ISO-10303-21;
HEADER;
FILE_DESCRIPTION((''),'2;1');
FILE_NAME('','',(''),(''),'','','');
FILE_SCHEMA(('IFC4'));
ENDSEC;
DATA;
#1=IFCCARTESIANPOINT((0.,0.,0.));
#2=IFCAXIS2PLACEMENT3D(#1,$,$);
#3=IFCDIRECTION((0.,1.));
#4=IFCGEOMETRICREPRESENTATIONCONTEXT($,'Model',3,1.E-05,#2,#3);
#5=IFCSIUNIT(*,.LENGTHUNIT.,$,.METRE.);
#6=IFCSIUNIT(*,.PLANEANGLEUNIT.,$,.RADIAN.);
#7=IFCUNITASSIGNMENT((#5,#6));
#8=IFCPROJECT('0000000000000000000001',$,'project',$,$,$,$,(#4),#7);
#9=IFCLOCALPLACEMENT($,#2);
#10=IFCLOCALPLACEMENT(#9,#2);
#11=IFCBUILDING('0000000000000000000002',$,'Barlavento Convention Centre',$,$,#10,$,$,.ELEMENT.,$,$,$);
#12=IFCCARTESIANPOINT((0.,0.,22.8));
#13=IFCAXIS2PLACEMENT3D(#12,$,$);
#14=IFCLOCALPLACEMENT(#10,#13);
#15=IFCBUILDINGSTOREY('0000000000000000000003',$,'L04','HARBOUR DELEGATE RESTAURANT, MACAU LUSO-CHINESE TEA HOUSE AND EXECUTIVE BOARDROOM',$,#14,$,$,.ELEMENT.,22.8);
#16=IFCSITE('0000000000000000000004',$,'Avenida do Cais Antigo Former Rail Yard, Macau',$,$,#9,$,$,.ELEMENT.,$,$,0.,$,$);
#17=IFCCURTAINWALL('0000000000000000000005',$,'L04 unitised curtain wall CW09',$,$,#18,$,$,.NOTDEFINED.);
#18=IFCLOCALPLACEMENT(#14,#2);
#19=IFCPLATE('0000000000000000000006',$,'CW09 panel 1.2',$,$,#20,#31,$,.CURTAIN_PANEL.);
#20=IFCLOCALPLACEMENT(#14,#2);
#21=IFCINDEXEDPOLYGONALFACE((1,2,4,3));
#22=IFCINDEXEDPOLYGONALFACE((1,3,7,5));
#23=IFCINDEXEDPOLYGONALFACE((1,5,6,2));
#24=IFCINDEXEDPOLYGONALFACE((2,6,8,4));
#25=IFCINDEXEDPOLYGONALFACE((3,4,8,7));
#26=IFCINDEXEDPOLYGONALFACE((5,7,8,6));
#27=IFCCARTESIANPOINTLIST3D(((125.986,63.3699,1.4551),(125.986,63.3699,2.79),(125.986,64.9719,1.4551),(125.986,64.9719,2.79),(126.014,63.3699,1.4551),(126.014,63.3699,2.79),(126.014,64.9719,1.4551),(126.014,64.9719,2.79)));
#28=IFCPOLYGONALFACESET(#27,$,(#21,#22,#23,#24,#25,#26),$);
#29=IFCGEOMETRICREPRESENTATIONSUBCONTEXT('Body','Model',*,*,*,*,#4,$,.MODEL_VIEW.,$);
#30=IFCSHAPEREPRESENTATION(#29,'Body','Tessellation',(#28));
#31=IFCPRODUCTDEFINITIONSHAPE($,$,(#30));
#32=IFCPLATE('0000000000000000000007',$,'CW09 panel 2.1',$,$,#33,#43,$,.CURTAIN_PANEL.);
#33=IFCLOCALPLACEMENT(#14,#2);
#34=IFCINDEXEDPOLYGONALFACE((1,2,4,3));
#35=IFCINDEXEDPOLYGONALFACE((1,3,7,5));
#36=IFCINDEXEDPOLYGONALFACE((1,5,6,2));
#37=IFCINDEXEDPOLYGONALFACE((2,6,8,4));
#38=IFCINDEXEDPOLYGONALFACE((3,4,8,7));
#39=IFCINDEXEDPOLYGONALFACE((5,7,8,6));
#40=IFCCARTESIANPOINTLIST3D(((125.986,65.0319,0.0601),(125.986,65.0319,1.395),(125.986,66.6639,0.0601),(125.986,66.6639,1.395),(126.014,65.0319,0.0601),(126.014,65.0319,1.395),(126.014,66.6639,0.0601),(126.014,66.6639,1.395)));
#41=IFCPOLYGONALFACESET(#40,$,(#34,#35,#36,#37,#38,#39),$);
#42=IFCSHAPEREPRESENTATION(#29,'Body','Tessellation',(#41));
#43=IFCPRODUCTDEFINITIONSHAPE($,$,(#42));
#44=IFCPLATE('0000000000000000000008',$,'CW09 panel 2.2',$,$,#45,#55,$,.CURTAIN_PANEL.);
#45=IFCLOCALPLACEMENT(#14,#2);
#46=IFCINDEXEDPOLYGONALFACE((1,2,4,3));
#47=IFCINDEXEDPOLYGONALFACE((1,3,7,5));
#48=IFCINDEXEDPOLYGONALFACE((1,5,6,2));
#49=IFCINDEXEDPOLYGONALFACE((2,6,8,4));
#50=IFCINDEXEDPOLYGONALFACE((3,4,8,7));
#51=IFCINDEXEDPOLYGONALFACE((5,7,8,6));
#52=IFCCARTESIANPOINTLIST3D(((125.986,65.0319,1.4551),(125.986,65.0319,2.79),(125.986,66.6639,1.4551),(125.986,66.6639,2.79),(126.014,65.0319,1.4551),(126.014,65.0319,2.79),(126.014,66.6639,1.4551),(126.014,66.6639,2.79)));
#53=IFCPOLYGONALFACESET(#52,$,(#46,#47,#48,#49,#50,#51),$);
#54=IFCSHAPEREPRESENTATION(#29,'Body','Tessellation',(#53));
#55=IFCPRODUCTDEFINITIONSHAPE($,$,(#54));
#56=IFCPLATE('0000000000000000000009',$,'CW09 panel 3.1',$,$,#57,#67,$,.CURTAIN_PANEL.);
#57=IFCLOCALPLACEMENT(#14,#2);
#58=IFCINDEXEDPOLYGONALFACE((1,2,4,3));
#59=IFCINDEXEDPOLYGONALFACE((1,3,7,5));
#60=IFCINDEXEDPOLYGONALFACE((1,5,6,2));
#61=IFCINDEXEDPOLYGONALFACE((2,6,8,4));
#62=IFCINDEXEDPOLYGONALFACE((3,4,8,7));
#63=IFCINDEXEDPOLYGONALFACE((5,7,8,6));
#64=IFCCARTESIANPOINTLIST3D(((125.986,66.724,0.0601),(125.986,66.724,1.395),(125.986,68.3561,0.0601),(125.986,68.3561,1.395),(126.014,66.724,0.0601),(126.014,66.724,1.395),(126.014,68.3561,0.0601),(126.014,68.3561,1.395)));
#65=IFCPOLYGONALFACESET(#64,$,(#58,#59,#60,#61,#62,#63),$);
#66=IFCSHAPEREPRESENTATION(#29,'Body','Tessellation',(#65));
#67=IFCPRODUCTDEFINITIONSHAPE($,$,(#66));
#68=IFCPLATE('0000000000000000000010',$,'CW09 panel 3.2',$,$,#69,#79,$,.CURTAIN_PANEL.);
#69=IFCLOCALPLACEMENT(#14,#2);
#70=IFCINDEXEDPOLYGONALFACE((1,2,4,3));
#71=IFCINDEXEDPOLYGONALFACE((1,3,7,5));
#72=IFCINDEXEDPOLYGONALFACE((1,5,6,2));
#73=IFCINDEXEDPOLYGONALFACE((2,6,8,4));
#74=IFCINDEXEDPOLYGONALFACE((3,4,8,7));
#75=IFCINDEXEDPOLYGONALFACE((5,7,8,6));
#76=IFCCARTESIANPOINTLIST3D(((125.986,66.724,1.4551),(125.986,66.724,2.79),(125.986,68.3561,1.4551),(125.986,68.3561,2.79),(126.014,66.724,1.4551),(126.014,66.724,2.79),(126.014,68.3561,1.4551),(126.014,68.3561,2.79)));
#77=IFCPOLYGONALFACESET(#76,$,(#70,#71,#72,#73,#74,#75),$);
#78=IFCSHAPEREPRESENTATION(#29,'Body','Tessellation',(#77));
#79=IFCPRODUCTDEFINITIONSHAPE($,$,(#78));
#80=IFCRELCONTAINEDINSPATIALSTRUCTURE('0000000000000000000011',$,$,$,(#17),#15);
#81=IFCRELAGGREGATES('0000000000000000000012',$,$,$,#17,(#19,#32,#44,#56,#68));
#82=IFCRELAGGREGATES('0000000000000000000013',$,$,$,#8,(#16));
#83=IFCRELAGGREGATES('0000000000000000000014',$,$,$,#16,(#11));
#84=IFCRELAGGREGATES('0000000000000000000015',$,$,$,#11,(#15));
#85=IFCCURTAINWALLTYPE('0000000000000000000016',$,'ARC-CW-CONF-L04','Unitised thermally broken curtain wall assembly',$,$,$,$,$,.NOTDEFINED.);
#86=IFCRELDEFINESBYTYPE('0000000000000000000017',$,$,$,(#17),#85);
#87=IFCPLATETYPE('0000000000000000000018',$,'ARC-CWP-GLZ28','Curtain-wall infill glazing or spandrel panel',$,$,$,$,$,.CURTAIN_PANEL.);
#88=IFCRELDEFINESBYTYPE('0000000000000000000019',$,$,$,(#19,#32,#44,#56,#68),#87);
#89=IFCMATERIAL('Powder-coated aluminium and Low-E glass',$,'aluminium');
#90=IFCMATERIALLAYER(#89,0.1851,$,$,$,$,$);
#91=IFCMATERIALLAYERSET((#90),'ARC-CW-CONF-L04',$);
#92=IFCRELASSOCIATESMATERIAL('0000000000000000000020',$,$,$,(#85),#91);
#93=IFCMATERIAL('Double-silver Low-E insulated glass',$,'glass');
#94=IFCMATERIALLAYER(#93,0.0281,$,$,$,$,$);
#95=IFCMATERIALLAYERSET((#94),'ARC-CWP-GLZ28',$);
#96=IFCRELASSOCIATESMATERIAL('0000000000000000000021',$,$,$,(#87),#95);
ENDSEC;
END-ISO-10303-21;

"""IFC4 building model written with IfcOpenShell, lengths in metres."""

from ifc_helpers import new_model, si_unit, direction, frame, origin, origin_2d, place, context, subcontext, project, spatial, rectangle, extrude, material, layer, layer_set, type_object, element, aggregate, save


model = new_model("IFC4")

# Units and contexts
model_context = context("Model", 3, precision=1e-05, world=origin(), true_north=direction((0.0, 1.0)))
body_context = subcontext(model_context, "Body", "Model", "MODEL_VIEW")
ifc_project = project(units=[si_unit("LENGTHUNIT", "METRE"), si_unit("PLANEANGLEUNIT", "RADIAN")], contexts=[model_context])

# Site, building, storey
site_placement = place(None, origin())
site = spatial("IfcSite", under=ifc_project, at=site_placement, Name="Avenida do Cais Antigo Former Rail Yard, Macau", CompositionType="ELEMENT", RefElevation=0.0)
building_placement = place(site_placement, origin())
building = spatial("IfcBuilding", under=site, at=building_placement, Name="Barlavento Convention Centre", CompositionType="ELEMENT")
storey_placement = place(building_placement, frame((0.0, 0.0, 22.8)))
storey = spatial("IfcBuildingStorey", under=building, at=storey_placement, Name="L04", Description="HARBOUR DELEGATE RESTAURANT, MACAU LUSO-CHINESE TEA HOUSE AND EXECUTIVE BOARDROOM", CompositionType="ELEMENT", Elevation=22.8)

# Curtain wall
ifc_material_1 = material(Name="Powder-coated aluminium and Low-E glass", Category="aluminium")
ifc_layer_1 = layer(ifc_material_1, 0.1851)
ifc_layer_set_1 = layer_set([ifc_layer_1], Name="ARC-CW-CONF-L04")
curtain_wall_type_1 = type_object("IfcCurtainWallType", Name="ARC-CW-CONF-L04", Description="Unitised thermally broken curtain wall assembly", PredefinedType="NOTDEFINED", material=ifc_layer_set_1)
curtain_wall_1_placement = place(storey_placement, origin())
curtain_wall_1 = element("IfcCurtainWall", 1, at=curtain_wall_1_placement, inside=storey, type_object=curtain_wall_type_1, Name="L04 unitised curtain wall CW09", PredefinedType="NOTDEFINED")

# Plates
ifc_material_2 = material(Name="Double-silver Low-E insulated glass", Category="glass")
ifc_layer_2 = layer(ifc_material_2, 0.0281)
ifc_layer_set_2 = layer_set([ifc_layer_2], Name="ARC-CWP-GLZ28")
plate_type = type_object("IfcPlateType", Name="ARC-CWP-GLZ28", Description="Curtain-wall infill glazing or spandrel panel", PredefinedType="CURTAIN_PANEL", material=ifc_layer_set_2)
plate_1_placement = place(storey_placement, frame((126.0, 64.1709, 1.4551), z_axis=(0.0, 0.0, 1.0), x_axis=(0.0, 1.0, 0.0)))
plate_1 = element("IfcPlate", 2, at=plate_1_placement, type_object=plate_type, Name="CW09 panel 1.2", PredefinedType="CURTAIN_PANEL", context=body_context, shape_type="SweptSolid", body=[
    extrude(rectangle(XDim=1.6021, YDim=0.0281, at=origin_2d()), origin(), (0.0, 0.0, 1.0), 1.335),
])
plate_2_placement = place(storey_placement, frame((126.0, 65.8479, 0.0601), z_axis=(0.0, 0.0, 1.0), x_axis=(0.0, 1.0, 0.0)))
plate_2 = element("IfcPlate", 3, at=plate_2_placement, type_object=plate_type, Name="CW09 panel 2.1", PredefinedType="CURTAIN_PANEL", context=body_context, shape_type="SweptSolid", body=[
    extrude(rectangle(XDim=1.6321, YDim=0.0281, at=origin_2d()), origin(), (0.0, 0.0, 1.0), 1.335),
])
plate_3_placement = place(storey_placement, frame((126.0, 65.8479, 1.4551), z_axis=(0.0, 0.0, 1.0), x_axis=(0.0, 1.0, 0.0)))
plate_3 = element("IfcPlate", 4, at=plate_3_placement, type_object=plate_type, Name="CW09 panel 2.2", PredefinedType="CURTAIN_PANEL", context=body_context, shape_type="SweptSolid", body=[
    extrude(rectangle(XDim=1.6321, YDim=0.0281, at=origin_2d()), origin(), (0.0, 0.0, 1.0), 1.335),
])
plate_4_placement = place(storey_placement, frame((126.0, 67.54, 0.0601), z_axis=(0.0, 0.0, 1.0), x_axis=(0.0, 1.0, 0.0)))
plate_4 = element("IfcPlate", 5, at=plate_4_placement, type_object=plate_type, Name="CW09 panel 3.1", PredefinedType="CURTAIN_PANEL", context=body_context, shape_type="SweptSolid", body=[
    extrude(rectangle(XDim=1.6321, YDim=0.0281, at=origin_2d()), origin(), (0.0, 0.0, 1.0), 1.335),
])
plate_5_placement = place(storey_placement, frame((126.0, 67.54, 1.4551), z_axis=(0.0, 0.0, 1.0), x_axis=(0.0, 1.0, 0.0)))
plate_5 = element("IfcPlate", 6, at=plate_5_placement, type_object=plate_type, Name="CW09 panel 3.2", PredefinedType="CURTAIN_PANEL", context=body_context, shape_type="SweptSolid", body=[
    extrude(rectangle(XDim=1.6321, YDim=0.0281, at=origin_2d()), origin(), (0.0, 0.0, 1.0), 1.335),
])
aggregate(curtain_wall_1, [plate_1, plate_2, plate_3, plate_4, plate_5])

save(model, "model.ifc")
